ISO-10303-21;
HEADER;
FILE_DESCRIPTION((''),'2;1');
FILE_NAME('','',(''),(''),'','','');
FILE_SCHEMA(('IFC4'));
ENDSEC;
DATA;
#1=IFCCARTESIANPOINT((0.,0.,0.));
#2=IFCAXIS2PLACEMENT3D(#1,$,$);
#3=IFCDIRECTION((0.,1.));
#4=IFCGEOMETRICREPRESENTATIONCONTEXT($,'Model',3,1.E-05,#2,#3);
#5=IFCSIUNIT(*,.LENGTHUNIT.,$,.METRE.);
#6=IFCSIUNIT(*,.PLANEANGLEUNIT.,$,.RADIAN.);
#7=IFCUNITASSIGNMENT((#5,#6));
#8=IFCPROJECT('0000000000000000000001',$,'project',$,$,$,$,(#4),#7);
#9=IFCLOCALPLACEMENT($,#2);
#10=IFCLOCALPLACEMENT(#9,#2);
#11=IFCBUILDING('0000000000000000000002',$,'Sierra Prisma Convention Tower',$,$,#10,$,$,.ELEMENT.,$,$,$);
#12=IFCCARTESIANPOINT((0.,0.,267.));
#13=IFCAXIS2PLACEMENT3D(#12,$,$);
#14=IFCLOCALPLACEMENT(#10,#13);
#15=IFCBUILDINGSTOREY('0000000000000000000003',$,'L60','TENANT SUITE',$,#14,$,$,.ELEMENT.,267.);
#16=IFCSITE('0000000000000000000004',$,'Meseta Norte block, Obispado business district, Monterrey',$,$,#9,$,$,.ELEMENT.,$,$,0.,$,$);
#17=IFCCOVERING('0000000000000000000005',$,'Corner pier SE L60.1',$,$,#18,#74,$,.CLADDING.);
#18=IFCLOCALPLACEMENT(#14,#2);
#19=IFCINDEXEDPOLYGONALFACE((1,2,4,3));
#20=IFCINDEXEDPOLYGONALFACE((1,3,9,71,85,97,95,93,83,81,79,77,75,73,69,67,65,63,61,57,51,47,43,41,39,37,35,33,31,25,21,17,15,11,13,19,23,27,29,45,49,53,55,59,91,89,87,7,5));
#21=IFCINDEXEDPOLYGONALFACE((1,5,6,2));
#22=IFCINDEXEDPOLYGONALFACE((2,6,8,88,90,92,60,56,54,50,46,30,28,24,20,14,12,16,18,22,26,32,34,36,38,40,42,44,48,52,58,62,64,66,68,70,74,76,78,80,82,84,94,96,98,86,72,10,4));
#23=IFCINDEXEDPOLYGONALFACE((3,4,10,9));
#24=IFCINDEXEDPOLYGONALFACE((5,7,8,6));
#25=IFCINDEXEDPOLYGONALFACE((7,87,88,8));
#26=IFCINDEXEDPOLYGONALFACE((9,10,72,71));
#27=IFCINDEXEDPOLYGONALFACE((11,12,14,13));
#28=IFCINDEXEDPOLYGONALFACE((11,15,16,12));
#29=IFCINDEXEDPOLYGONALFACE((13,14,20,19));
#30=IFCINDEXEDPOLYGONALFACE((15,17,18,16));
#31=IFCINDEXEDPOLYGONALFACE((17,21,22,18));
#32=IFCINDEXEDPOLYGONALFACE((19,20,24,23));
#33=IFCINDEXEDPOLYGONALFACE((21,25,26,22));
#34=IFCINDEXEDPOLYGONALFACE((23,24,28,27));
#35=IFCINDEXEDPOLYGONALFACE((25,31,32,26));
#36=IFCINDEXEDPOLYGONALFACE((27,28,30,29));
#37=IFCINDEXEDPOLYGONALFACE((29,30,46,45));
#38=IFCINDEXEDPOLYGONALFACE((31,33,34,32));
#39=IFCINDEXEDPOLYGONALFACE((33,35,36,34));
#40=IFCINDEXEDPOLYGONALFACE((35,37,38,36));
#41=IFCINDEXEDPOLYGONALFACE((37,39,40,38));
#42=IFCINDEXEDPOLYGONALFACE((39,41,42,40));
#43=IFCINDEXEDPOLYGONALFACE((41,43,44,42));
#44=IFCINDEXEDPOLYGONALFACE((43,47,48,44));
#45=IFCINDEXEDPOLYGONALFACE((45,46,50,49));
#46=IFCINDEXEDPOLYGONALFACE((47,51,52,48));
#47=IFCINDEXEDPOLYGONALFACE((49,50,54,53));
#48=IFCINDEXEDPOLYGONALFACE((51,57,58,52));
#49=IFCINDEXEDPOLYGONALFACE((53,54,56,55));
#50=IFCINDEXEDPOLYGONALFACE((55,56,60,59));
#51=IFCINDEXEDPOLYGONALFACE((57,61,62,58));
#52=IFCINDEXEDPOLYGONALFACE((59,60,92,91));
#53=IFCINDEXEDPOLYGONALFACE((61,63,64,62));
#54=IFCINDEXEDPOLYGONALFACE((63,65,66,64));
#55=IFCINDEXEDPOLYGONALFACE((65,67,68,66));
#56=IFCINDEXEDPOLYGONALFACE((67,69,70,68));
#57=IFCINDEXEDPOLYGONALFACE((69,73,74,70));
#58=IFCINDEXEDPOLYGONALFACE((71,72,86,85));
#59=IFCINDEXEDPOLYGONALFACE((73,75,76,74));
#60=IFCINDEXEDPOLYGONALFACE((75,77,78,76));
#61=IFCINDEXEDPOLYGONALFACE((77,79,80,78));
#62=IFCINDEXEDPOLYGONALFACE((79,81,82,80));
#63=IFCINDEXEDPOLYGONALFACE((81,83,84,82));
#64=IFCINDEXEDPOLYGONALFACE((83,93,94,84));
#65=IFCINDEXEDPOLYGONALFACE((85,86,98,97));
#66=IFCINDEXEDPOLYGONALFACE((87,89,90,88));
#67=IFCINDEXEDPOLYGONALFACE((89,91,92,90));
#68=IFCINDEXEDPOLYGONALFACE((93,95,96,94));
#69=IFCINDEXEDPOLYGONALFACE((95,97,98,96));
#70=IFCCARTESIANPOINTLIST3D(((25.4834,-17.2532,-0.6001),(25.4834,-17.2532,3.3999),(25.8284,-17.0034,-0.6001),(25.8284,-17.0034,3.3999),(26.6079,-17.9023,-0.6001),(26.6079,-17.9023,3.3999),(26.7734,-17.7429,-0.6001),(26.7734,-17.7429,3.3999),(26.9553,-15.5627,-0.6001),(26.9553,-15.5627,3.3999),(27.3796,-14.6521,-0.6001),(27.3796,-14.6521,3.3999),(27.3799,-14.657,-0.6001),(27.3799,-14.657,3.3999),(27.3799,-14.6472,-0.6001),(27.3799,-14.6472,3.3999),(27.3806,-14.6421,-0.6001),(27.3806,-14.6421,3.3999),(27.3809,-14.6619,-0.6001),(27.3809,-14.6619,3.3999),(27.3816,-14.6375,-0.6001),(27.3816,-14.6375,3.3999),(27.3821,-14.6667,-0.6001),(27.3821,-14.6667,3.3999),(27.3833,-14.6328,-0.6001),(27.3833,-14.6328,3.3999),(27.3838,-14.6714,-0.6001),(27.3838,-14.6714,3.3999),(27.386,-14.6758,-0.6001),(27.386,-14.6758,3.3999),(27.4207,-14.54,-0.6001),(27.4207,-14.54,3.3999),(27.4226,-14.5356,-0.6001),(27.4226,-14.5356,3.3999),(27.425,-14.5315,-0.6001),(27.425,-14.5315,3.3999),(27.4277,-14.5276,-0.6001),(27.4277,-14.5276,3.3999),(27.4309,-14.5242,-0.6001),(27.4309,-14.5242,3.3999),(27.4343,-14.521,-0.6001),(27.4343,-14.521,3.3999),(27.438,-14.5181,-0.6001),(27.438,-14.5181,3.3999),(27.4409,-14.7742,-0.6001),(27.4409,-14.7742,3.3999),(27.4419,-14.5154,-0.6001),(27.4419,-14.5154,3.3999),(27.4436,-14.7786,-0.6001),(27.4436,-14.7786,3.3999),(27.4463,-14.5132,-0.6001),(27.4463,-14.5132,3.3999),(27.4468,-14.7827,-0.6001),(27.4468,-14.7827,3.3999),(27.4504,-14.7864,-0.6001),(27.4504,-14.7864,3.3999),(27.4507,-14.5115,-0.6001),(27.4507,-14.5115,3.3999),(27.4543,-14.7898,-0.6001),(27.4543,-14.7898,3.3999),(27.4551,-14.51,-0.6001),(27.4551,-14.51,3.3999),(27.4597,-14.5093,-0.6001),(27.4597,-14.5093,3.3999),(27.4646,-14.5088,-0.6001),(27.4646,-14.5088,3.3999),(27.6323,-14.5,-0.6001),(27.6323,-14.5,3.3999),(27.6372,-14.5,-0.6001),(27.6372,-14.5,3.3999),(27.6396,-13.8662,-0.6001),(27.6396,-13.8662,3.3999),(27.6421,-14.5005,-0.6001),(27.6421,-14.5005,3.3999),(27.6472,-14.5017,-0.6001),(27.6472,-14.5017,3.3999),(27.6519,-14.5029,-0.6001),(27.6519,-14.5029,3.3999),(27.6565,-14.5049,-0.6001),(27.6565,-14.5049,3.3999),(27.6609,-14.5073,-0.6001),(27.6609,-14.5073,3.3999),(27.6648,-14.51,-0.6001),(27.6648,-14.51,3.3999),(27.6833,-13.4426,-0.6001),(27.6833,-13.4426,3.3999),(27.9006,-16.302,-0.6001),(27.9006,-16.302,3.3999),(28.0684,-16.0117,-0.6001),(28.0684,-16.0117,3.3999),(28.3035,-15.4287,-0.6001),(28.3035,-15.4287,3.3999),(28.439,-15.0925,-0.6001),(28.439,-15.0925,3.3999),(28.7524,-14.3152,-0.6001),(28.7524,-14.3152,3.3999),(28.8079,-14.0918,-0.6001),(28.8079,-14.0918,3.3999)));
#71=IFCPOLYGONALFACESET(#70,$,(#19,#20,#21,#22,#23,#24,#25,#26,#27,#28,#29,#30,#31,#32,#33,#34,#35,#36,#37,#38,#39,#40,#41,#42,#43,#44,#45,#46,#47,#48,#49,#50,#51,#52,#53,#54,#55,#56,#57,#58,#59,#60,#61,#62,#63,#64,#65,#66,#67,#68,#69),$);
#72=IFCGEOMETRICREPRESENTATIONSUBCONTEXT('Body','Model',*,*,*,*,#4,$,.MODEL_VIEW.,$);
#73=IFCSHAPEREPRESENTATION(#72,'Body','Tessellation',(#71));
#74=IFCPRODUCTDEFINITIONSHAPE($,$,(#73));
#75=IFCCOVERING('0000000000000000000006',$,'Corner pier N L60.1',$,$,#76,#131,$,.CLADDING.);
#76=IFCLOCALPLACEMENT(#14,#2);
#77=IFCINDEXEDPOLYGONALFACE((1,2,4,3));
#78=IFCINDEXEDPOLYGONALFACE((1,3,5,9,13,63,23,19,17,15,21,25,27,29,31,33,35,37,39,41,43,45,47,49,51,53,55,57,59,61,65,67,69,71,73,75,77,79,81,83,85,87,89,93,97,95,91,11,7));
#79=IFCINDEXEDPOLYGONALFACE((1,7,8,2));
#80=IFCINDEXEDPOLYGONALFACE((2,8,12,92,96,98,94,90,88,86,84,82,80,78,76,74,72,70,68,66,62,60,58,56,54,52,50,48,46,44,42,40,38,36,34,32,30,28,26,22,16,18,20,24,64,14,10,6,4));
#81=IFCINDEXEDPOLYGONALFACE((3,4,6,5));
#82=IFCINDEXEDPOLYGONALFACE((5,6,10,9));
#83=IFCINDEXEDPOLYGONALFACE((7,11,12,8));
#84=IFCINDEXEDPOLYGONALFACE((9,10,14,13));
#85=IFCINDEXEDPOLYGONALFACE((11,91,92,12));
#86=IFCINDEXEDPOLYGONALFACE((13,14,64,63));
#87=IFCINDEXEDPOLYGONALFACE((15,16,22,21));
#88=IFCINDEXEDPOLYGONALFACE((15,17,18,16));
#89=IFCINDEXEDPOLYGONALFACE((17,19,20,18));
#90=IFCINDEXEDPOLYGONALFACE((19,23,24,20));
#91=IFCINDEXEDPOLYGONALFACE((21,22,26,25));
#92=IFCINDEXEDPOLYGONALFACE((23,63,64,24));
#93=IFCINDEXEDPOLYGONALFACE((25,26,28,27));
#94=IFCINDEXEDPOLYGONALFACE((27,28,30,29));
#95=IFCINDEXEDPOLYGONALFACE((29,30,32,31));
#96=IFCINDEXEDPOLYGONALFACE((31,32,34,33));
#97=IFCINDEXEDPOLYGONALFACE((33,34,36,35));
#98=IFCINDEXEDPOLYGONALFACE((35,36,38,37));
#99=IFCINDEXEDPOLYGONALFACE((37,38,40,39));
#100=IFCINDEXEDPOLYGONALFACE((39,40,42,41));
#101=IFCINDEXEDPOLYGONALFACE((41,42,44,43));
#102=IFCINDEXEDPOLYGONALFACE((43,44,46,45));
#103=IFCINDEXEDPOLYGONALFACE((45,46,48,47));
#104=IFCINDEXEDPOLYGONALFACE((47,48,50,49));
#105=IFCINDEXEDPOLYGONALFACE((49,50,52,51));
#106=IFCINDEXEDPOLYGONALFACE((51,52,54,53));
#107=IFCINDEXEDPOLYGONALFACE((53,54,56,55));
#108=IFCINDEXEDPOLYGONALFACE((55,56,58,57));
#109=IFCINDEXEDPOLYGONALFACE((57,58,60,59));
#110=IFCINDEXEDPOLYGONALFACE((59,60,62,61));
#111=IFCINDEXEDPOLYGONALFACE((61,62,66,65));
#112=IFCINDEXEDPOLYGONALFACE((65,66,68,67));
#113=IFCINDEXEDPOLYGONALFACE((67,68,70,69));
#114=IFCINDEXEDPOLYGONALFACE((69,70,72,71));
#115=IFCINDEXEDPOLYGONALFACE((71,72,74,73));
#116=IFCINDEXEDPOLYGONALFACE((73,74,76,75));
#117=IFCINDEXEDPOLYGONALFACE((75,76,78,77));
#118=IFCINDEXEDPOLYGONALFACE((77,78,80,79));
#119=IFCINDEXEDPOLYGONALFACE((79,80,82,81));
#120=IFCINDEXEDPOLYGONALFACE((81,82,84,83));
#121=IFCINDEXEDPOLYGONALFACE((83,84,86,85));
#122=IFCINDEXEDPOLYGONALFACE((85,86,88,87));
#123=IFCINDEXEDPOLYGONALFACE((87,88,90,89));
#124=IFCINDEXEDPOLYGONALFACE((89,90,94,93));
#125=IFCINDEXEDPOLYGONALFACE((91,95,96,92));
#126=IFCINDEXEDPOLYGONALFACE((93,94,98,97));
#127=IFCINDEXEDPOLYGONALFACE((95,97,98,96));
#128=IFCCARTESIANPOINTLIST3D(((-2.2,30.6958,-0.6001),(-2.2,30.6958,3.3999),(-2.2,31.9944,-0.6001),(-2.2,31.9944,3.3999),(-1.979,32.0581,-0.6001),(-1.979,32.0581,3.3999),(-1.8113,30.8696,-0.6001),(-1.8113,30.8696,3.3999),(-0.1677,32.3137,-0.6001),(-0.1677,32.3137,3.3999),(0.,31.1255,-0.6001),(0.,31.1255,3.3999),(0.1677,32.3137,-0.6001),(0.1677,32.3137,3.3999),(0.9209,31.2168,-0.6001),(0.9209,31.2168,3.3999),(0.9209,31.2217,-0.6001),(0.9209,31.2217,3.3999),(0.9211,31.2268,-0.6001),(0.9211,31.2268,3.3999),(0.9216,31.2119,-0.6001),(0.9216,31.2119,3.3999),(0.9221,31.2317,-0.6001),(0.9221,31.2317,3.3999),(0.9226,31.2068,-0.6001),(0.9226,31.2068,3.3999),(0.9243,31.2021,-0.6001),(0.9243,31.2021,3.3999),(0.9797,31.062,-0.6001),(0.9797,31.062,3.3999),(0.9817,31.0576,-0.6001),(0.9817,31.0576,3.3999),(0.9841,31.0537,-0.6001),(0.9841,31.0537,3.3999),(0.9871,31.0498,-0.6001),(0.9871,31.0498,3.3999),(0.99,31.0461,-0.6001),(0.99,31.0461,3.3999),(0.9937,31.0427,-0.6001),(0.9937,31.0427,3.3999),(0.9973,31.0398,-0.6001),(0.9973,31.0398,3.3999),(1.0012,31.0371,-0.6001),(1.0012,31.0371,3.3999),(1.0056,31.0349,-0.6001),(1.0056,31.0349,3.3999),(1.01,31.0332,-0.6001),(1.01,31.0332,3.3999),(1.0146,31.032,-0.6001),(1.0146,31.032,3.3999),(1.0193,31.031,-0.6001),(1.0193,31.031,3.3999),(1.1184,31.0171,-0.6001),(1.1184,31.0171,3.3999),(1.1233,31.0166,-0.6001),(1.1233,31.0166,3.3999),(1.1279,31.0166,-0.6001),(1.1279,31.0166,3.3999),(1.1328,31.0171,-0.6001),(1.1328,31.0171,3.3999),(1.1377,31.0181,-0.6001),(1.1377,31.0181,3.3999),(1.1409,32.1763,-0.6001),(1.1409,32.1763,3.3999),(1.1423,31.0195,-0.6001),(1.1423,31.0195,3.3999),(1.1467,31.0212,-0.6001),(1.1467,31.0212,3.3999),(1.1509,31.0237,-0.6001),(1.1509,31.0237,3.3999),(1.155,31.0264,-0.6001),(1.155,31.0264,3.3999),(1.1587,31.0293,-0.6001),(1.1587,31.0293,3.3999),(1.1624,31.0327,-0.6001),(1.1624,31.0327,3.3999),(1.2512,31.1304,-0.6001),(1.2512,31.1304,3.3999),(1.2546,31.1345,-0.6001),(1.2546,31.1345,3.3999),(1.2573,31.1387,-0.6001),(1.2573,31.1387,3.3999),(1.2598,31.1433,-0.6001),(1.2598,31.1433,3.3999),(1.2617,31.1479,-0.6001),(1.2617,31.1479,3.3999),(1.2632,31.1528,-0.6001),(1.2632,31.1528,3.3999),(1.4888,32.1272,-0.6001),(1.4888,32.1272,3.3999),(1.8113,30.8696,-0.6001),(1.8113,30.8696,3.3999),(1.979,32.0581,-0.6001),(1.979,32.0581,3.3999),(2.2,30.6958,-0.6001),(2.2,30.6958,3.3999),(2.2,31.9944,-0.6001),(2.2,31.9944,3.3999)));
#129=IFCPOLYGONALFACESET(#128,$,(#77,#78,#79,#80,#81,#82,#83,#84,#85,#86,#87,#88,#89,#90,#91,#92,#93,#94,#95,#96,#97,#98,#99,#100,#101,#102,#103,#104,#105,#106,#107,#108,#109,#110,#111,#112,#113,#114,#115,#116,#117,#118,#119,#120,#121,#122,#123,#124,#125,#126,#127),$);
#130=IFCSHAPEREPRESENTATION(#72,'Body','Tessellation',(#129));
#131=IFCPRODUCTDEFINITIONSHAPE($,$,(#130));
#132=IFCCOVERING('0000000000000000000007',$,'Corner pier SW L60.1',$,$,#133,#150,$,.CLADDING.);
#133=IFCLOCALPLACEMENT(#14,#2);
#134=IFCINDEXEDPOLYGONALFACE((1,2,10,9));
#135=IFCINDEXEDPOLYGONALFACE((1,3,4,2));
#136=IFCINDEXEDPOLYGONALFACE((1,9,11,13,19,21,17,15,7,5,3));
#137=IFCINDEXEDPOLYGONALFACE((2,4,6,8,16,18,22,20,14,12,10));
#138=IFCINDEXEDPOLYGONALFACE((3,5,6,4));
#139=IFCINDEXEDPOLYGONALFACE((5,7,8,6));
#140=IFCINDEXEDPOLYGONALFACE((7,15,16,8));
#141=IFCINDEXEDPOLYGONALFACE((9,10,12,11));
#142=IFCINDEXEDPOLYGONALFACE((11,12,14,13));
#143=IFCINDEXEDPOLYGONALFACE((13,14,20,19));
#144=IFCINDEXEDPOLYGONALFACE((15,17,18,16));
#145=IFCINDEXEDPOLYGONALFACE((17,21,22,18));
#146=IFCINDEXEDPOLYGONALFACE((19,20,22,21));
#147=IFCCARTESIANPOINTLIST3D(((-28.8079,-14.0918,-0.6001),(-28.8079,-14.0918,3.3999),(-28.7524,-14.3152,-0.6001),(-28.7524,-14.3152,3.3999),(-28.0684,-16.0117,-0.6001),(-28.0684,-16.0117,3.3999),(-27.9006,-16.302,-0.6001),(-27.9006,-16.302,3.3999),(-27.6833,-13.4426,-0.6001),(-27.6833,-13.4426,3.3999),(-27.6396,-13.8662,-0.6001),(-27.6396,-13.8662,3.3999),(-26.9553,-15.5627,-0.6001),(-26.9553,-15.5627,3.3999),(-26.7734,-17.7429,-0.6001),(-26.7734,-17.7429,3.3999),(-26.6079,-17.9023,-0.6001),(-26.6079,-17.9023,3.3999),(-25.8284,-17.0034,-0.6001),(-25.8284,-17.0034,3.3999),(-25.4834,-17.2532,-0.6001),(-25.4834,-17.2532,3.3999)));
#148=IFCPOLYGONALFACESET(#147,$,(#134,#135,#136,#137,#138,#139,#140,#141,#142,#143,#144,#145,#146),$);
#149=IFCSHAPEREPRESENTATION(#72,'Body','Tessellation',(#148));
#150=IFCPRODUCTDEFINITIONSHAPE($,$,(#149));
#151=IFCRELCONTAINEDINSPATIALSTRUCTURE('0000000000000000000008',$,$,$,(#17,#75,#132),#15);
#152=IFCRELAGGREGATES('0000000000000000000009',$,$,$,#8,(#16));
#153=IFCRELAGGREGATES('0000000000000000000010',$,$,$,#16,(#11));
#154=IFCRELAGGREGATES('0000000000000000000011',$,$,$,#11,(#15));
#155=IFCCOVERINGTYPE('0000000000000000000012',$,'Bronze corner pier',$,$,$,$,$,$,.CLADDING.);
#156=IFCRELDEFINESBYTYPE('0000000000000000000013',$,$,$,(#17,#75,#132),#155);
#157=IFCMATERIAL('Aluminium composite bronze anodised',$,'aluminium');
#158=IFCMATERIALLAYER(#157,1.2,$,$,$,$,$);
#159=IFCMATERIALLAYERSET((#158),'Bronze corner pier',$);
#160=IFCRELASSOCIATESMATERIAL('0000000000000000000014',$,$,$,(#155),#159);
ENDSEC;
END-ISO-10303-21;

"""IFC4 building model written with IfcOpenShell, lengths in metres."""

from ifc_helpers import new_model, si_unit, direction, frame, origin, place, context, subcontext, project, spatial, polyline, outline, extrude, material, layer, layer_set, type_object, element, save


model = new_model("IFC4")

# Units and contexts
model_context = context("Model", 3, precision=1e-05, world=origin(), true_north=direction((0.0, 1.0)))
body_context = subcontext(model_context, "Body", "Model", "MODEL_VIEW")
ifc_project = project(units=[si_unit("LENGTHUNIT", "METRE"), si_unit("PLANEANGLEUNIT", "RADIAN")], contexts=[model_context])

# Site, building, storey
site_placement = place(None, origin())
site = spatial("IfcSite", under=ifc_project, at=site_placement, Name="Meseta Norte block, Obispado business district, Monterrey", CompositionType="ELEMENT", RefElevation=0.0)
building_placement = place(site_placement, origin())
building = spatial("IfcBuilding", under=site, at=building_placement, Name="Sierra Prisma Convention Tower", CompositionType="ELEMENT")
storey_placement = place(building_placement, frame((0.0, 0.0, 267.0)))
storey = spatial("IfcBuildingStorey", under=building, at=storey_placement, Name="L60", Description="TENANT SUITE", CompositionType="ELEMENT", Elevation=267.0)

# Coverings
ifc_material_1 = material(Name="Aluminium composite bronze anodised", Category="aluminium")
ifc_layer_1 = layer(ifc_material_1, 1.2)
ifc_layer_set_1 = layer_set([ifc_layer_1], Name="Bronze corner pier")
covering_type_1 = type_object("IfcCoveringType", Name="Bronze corner pier", PredefinedType="CLADDING", material=ifc_layer_set_1)
covering_1_placement = place(storey_placement, frame((0.0, 0.0, -0.6001)))
element("IfcCovering", 1, at=covering_1_placement, inside=storey, type_object=covering_type_1, Name="Corner pier SE L60.1", PredefinedType="CLADDING", context=body_context, shape_type="SweptSolid", body=[
    extrude(outline(polyline([(27.6565, -14.5049), (27.6519, -14.5029), (27.6472, -14.5017), (27.6421, -14.5005), (27.6372, -14.5), (27.6323, -14.5), (27.4646, -14.5088), (27.4597, -14.5093), (27.4551, -14.51), (27.4507, -14.5115), (27.4463, -14.5132), (27.4419, -14.5154), (27.438, -14.5181), (27.4343, -14.521), (27.4309, -14.5242), (27.4277, -14.5276), (27.425, -14.5315), (27.4226, -14.5356), (27.4207, -14.54), (27.3833, -14.6328), (27.3816, -14.6375), (27.3806, -14.6421), (27.3799, -14.6472), (27.3796, -14.6521), (27.3799, -14.657), (27.3809, -14.6619), (27.3821, -14.6667), (27.3838, -14.6714), (27.386, -14.6758), (27.4409, -14.7742), (27.4436, -14.7786), (27.4468, -14.7827), (27.4504, -14.7864), (27.4543, -14.7898), (28.3035, -15.4287), (28.0684, -16.0117), (27.9006, -16.302), (26.7734, -17.7429), (26.6079, -17.9023), (25.4834, -17.2532), (25.8284, -17.0034), (26.9553, -15.5627), (27.6396, -13.8662), (27.6833, -13.4426), (28.8079, -14.0918), (28.7524, -14.3152), (28.439, -15.0925), (27.6648, -14.51), (27.6609, -14.5073), (27.6565, -14.5049)])), origin(), (0.0, 0.0, 1.0), 4.0),
])
covering_2_placement = place(storey_placement, frame((0.0, 0.0, -0.6001)))
element("IfcCovering", 2, at=covering_2_placement, inside=storey, type_object=covering_type_1, Name="Corner pier N L60.1", PredefinedType="CLADDING", context=body_context, shape_type="SweptSolid", body=[
    extrude(outline(polyline([(0.9221, 31.2317), (0.9211, 31.2268), (0.9209, 31.2217), (0.9209, 31.2168), (0.9216, 31.2119), (0.9226, 31.2068), (0.9243, 31.2021), (0.9797, 31.062), (0.9817, 31.0576), (0.9841, 31.0537), (0.9871, 31.0498), (0.99, 31.0461), (0.9937, 31.0427), (0.9973, 31.0398), (1.0012, 31.0371), (1.0056, 31.0349), (1.01, 31.0332), (1.0146, 31.032), (1.0193, 31.031), (1.1184, 31.0171), (1.1233, 31.0166), (1.1279, 31.0166), (1.1328, 31.0171), (1.1377, 31.0181), (1.1423, 31.0195), (1.1467, 31.0212), (1.1509, 31.0237), (1.155, 31.0264), (1.1587, 31.0293), (1.1624, 31.0327), (1.2512, 31.1304), (1.2546, 31.1345), (1.2573, 31.1387), (1.2598, 31.1433), (1.2617, 31.1479), (1.2632, 31.1528), (1.4888, 32.1272), (1.979, 32.0581), (2.2, 31.9944), (2.2, 30.6958), (1.8113, 30.8696), (0.0, 31.1255), (-1.8113, 30.8696), (-2.2, 30.6958), (-2.2, 31.9944), (-1.979, 32.0581), (-0.1677, 32.3137), (0.1677, 32.3137), (1.1409, 32.1763), (0.9221, 31.2317)])), origin(), (0.0, 0.0, 1.0), 4.0),
])
covering_3_placement = place(storey_placement, frame((0.0, 0.0, -0.6001)))
element("IfcCovering", 3, at=covering_3_placement, inside=storey, type_object=covering_type_1, Name="Corner pier SW L60.1", PredefinedType="CLADDING", context=body_context, shape_type="SweptSolid", body=[
    extrude(outline(polyline([(-28.8079, -14.0918), (-27.6833, -13.4426), (-27.6396, -13.8662), (-26.9553, -15.5627), (-25.8284, -17.0034), (-25.4834, -17.2532), (-26.6079, -17.9023), (-26.7734, -17.7429), (-27.9006, -16.302), (-28.0684, -16.0117), (-28.7524, -14.3152), (-28.8079, -14.0918)])), origin(), (0.0, 0.0, 1.0), 4.0),
])

save(model, "model.ifc")
